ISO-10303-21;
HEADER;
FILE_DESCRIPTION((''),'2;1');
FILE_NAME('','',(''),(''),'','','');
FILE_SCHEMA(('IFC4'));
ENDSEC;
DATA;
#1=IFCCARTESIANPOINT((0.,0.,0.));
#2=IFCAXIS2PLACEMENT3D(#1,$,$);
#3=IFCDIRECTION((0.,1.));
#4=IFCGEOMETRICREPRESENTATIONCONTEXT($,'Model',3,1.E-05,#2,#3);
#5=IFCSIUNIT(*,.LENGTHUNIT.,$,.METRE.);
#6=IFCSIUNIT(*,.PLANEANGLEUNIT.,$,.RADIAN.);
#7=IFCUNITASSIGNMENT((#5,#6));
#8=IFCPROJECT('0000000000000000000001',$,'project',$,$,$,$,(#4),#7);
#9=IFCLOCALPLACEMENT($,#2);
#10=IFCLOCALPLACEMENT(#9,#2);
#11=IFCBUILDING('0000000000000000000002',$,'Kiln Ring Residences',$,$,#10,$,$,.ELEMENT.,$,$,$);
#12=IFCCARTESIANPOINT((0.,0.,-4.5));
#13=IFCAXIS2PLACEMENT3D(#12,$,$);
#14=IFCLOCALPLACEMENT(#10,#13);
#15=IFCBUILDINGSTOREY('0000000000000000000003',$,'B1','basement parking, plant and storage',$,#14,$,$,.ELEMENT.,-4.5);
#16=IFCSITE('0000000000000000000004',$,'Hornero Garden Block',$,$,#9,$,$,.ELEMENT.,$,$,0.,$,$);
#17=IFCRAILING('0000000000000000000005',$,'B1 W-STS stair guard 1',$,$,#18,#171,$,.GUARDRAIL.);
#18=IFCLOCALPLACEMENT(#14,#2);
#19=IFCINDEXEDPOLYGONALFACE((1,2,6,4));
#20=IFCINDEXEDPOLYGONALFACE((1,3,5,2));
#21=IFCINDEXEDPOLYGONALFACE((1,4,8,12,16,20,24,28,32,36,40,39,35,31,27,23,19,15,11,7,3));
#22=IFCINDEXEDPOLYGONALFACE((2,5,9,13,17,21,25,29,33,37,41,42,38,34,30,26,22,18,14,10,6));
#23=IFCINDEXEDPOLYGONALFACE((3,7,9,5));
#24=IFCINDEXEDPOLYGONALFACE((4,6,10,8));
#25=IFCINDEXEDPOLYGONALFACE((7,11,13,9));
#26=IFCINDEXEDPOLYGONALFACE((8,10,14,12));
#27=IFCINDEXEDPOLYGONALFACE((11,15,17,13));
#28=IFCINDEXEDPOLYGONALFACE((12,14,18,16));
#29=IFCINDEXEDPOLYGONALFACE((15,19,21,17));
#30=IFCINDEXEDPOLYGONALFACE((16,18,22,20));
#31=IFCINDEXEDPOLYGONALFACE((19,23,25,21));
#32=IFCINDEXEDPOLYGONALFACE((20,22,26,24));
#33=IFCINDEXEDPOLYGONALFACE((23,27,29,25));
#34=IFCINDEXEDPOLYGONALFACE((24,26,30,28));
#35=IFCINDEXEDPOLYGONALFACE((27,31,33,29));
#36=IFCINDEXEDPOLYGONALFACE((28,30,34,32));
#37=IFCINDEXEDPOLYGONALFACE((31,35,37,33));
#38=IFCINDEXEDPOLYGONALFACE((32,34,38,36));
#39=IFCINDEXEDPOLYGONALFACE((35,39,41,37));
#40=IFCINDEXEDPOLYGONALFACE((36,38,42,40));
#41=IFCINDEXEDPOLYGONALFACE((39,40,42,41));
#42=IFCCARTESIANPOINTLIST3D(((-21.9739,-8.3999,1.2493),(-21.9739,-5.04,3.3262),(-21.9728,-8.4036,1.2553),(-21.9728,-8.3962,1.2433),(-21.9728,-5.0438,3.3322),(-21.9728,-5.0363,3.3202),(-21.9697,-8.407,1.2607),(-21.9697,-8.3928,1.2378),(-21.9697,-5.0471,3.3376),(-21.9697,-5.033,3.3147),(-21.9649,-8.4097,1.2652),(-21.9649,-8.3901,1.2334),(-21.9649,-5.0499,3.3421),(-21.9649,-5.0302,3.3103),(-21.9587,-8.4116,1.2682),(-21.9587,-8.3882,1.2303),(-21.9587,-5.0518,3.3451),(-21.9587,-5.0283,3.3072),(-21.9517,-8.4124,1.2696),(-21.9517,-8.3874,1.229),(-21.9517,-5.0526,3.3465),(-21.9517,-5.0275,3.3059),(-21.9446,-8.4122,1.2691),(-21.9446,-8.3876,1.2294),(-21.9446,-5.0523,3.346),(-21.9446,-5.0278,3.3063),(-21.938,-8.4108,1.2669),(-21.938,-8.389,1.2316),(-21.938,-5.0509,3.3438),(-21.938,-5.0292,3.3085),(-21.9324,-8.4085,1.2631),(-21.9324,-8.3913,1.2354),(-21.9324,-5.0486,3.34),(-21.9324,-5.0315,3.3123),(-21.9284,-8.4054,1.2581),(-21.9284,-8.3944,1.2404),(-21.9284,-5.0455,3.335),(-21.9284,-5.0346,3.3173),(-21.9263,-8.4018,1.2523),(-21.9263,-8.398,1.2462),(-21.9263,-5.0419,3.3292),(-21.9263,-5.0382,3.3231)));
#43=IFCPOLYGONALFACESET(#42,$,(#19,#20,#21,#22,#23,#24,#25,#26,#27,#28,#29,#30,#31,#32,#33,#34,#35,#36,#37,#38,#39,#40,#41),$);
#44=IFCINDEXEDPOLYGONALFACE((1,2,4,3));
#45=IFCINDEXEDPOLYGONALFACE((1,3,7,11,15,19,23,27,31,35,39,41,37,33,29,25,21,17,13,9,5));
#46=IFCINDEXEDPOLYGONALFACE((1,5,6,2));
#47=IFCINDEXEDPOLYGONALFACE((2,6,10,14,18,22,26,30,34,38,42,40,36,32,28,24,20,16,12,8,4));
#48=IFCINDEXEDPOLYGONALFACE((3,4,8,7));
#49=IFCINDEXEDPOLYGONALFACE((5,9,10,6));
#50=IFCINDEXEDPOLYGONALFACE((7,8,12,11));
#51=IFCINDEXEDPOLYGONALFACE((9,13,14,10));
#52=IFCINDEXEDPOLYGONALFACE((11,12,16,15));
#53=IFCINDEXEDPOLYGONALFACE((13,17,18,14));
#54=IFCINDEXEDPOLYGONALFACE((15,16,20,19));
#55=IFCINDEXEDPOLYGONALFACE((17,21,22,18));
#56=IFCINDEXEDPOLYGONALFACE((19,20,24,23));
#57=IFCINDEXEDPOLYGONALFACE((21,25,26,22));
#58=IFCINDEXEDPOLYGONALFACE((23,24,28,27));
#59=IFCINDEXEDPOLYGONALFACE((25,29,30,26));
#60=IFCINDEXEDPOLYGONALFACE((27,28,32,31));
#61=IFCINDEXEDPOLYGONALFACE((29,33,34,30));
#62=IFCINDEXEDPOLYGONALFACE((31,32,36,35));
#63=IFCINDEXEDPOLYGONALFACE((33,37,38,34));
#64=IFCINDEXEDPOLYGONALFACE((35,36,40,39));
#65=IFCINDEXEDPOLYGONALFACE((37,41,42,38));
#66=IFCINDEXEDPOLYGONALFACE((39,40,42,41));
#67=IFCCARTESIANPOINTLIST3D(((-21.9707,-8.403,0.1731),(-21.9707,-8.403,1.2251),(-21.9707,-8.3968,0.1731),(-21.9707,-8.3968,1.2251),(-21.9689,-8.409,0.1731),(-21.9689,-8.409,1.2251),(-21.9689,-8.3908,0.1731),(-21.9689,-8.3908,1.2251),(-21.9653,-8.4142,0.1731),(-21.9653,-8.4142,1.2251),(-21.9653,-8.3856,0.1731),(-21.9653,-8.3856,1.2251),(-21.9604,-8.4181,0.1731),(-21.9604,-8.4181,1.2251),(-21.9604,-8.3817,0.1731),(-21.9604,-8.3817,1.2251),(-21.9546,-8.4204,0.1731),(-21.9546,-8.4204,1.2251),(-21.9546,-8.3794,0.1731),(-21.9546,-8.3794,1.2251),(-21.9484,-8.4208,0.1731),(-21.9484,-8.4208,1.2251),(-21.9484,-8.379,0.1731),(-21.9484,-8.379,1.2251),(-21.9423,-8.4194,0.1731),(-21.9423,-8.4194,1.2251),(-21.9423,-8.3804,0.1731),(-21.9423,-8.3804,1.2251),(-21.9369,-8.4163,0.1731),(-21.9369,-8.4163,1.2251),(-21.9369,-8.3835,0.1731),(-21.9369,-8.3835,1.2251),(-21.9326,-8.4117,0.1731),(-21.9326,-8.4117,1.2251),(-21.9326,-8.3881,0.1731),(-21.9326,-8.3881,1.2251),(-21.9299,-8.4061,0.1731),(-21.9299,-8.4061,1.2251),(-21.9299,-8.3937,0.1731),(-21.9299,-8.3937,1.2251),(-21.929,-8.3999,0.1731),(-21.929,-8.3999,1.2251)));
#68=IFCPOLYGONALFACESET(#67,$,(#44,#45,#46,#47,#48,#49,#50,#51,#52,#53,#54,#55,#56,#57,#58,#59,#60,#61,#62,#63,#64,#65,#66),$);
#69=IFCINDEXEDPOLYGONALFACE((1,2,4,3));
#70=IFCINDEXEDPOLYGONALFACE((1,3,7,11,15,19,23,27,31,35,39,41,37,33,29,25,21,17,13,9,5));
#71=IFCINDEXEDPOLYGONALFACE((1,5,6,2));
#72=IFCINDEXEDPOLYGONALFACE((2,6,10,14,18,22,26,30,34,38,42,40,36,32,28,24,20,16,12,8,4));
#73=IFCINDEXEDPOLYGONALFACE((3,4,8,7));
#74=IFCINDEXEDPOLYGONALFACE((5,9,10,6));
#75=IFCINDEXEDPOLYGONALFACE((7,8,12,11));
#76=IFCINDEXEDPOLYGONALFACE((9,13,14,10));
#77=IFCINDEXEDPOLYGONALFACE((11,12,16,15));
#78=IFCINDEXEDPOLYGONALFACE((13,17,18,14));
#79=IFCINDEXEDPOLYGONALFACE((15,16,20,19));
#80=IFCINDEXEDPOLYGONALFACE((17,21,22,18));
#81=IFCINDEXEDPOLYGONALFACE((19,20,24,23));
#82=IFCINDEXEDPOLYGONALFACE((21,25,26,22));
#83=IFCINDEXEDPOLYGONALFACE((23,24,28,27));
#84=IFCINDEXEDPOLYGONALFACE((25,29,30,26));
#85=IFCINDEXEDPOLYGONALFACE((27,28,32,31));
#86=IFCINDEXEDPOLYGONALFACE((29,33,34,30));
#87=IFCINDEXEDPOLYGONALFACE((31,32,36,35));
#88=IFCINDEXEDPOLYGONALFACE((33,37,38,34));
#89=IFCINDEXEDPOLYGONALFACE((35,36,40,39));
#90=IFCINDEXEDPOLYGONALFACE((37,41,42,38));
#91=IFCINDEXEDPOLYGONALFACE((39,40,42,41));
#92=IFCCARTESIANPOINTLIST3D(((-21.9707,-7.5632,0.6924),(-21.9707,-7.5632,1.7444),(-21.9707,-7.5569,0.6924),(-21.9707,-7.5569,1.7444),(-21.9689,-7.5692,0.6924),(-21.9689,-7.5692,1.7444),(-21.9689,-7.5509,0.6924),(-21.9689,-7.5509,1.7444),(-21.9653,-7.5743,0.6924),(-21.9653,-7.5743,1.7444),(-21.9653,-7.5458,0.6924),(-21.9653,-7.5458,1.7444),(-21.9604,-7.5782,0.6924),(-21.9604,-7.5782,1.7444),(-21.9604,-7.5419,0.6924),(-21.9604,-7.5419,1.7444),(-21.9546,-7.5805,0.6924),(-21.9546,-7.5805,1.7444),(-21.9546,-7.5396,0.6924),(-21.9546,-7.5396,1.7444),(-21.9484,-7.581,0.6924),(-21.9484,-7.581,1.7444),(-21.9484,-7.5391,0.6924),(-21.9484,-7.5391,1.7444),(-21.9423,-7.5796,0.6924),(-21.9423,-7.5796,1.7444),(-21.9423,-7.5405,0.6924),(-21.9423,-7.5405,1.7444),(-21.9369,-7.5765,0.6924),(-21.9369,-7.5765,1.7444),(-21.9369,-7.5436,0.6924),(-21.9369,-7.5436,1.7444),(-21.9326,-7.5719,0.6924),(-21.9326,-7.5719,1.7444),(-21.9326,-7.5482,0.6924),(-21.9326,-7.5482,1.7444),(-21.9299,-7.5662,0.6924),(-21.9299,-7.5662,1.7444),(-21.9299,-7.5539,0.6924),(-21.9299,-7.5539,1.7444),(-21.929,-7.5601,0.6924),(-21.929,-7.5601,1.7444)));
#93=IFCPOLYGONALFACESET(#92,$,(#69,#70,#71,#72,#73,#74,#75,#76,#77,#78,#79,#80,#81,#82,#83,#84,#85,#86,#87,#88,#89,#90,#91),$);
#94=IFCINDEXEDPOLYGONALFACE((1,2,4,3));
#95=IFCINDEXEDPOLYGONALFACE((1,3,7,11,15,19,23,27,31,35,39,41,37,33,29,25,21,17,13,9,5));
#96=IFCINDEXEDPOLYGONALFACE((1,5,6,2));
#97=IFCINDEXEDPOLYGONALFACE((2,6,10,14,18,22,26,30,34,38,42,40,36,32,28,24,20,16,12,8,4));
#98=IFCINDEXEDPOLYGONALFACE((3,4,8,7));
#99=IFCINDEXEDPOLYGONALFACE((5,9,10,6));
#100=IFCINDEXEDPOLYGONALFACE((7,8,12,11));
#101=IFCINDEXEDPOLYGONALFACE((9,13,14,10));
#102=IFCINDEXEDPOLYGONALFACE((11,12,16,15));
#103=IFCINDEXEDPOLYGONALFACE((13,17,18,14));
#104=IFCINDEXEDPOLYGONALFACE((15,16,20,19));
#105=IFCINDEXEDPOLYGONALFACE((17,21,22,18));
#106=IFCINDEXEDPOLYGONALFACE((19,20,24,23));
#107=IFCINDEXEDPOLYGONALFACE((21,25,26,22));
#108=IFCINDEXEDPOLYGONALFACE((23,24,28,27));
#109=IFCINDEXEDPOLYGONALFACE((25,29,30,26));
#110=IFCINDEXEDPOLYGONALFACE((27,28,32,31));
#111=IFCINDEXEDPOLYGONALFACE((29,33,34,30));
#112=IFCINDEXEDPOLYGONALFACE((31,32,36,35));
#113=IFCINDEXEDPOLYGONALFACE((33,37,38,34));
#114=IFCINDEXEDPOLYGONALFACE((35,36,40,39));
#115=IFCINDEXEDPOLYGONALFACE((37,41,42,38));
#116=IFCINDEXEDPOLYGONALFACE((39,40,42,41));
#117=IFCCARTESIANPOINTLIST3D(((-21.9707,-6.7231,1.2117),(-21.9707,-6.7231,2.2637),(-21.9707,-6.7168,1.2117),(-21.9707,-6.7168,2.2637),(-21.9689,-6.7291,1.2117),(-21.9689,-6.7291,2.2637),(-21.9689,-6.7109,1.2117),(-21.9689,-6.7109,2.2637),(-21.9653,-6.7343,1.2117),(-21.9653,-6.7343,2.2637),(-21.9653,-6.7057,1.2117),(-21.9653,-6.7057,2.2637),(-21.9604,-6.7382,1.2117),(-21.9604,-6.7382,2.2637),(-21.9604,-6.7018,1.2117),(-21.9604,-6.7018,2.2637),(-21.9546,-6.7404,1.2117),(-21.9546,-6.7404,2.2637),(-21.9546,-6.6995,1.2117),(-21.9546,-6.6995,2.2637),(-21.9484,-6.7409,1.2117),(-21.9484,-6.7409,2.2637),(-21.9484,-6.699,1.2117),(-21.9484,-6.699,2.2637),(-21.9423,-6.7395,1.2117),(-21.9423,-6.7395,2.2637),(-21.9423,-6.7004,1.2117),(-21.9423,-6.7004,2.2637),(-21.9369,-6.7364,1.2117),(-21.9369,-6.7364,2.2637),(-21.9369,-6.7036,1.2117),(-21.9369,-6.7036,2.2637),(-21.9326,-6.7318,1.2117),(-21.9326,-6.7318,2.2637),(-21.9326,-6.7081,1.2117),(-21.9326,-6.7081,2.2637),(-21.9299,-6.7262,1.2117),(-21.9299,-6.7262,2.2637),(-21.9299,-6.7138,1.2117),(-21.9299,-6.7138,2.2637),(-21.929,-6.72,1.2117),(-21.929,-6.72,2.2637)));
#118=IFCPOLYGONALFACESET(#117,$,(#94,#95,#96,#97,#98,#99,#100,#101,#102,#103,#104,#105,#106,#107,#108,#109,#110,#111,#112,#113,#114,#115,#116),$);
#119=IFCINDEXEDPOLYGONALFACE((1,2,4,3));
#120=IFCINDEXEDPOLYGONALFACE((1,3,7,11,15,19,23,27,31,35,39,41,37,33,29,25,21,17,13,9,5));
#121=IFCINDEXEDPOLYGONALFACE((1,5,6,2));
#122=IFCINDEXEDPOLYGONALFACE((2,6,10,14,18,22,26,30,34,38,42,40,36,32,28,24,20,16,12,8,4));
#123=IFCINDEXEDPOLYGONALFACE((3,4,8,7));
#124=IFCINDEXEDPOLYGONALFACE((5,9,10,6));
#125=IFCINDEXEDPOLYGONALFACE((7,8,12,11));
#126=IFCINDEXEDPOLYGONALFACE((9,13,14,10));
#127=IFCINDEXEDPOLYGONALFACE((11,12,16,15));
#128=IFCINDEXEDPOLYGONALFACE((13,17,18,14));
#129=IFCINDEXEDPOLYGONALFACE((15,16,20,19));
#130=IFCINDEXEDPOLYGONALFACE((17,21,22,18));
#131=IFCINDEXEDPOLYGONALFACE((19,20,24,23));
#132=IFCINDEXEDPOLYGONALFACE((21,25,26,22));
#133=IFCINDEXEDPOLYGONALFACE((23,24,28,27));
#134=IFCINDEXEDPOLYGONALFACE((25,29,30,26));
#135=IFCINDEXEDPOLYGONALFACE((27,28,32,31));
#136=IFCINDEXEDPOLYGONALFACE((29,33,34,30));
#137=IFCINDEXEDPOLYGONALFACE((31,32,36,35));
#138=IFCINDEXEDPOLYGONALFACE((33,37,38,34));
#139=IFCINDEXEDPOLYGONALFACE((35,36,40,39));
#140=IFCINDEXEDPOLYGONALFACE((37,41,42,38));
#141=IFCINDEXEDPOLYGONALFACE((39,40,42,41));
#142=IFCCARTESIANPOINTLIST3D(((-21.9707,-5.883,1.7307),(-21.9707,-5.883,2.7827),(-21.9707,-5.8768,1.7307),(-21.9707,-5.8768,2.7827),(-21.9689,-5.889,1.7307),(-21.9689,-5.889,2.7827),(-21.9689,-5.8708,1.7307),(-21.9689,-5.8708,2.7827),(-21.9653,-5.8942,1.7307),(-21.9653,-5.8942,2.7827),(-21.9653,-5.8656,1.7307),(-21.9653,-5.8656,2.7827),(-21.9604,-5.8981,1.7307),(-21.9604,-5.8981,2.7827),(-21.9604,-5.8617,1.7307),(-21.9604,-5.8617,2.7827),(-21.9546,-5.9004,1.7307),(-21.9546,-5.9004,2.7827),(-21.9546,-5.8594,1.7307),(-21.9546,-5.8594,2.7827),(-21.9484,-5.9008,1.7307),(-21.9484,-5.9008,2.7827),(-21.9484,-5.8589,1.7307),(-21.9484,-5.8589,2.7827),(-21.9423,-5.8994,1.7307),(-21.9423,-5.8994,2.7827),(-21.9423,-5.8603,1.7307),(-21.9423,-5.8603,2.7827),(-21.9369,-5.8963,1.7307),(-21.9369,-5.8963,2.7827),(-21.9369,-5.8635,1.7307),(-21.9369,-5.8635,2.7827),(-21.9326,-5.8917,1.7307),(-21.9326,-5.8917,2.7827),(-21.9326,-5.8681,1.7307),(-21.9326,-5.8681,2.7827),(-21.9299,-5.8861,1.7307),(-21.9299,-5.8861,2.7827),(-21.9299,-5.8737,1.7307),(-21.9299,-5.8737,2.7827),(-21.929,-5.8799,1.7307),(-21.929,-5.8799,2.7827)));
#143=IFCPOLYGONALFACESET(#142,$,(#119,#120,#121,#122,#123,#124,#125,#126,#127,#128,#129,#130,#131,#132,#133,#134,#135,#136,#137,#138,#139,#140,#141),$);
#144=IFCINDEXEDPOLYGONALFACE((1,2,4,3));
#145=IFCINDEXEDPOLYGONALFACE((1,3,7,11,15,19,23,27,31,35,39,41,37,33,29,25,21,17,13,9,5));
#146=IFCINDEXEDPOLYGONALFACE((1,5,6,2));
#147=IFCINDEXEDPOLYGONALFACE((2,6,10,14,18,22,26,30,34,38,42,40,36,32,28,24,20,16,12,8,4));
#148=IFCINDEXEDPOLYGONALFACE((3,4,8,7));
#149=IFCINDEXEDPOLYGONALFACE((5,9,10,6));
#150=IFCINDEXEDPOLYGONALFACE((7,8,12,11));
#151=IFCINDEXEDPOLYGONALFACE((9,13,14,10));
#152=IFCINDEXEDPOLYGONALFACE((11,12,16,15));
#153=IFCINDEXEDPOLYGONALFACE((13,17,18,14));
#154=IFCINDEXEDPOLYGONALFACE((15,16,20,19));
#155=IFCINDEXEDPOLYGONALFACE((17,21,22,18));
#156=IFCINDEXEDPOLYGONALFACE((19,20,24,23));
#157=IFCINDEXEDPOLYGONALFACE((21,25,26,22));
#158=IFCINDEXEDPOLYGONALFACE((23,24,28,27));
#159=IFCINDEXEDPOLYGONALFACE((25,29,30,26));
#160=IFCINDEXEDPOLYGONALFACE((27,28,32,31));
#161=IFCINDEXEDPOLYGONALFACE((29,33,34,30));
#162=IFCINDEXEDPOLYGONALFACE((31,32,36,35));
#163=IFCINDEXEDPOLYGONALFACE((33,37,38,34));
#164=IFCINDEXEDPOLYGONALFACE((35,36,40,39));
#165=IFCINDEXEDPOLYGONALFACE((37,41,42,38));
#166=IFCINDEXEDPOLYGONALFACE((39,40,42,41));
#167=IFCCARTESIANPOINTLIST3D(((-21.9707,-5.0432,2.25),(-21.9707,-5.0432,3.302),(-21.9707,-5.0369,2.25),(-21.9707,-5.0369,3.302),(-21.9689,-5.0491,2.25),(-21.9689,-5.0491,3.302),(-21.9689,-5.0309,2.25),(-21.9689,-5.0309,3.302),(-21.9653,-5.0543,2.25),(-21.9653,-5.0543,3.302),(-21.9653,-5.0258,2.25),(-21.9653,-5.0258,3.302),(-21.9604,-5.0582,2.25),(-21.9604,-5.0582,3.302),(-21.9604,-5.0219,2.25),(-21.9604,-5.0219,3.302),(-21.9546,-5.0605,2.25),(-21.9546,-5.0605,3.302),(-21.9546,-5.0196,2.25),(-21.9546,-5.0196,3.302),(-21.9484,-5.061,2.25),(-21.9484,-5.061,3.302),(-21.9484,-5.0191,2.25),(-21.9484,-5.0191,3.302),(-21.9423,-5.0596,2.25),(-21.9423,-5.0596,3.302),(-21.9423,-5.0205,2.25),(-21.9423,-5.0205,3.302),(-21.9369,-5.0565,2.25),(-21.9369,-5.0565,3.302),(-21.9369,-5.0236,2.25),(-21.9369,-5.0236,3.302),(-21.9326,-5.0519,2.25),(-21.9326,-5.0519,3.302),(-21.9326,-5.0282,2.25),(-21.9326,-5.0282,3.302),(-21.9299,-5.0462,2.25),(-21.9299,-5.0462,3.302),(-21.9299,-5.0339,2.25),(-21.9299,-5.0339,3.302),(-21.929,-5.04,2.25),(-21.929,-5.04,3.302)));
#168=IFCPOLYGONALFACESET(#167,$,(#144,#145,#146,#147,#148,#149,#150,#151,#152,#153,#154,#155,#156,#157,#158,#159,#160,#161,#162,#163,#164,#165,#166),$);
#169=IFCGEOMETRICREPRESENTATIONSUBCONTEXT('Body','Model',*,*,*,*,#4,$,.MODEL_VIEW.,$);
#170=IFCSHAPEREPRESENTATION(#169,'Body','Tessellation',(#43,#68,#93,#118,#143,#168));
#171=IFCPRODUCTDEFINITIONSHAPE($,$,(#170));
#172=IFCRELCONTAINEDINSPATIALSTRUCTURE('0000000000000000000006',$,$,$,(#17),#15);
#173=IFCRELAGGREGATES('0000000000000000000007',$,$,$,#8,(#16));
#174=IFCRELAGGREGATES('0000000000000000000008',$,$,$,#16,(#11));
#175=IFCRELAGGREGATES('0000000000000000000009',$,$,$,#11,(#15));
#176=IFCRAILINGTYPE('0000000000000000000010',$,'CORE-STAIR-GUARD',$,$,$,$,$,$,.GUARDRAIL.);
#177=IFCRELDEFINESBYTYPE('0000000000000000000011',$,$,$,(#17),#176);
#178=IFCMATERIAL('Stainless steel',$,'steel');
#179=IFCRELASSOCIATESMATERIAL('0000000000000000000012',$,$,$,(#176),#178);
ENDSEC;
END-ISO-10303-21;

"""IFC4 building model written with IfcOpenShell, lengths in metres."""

from ifc_helpers import new_model, si_unit, direction, frame, origin, origin_2d, place, context, subcontext, project, spatial, circle, extrude, material, type_object, element, save


model = new_model("IFC4")

# Units and contexts
model_context = context("Model", 3, precision=1e-05, world=origin(), true_north=direction((0.0, 1.0)))
body_context = subcontext(model_context, "Body", "Model", "MODEL_VIEW")
ifc_project = project(units=[si_unit("LENGTHUNIT", "METRE"), si_unit("PLANEANGLEUNIT", "RADIAN")], contexts=[model_context])

# Site, building, storey
site_placement = place(None, origin())
site = spatial("IfcSite", under=ifc_project, at=site_placement, Name="Hornero Garden Block", CompositionType="ELEMENT", RefElevation=0.0)
building_placement = place(site_placement, origin())
building = spatial("IfcBuilding", under=site, at=building_placement, Name="Kiln Ring Residences", CompositionType="ELEMENT")
storey_placement = place(building_placement, frame((0.0, 0.0, -4.5)))
storey = spatial("IfcBuildingStorey", under=building, at=storey_placement, Name="B1", Description="basement parking, plant and storage", CompositionType="ELEMENT", Elevation=-4.5)

# Railing
ifc_material_1 = material(Name="Stainless steel", Category="steel")
railing_type_1 = type_object("IfcRailingType", Name="CORE-STAIR-GUARD", PredefinedType="GUARDRAIL", material=ifc_material_1)
railing_1_placement = place(storey_placement, frame((-21.95, -8.3999, 0.1731)))
element("IfcRailing", 1, at=railing_1_placement, inside=storey, type_object=railing_type_1, Name="B1 W-STS stair guard 1", PredefinedType="GUARDRAIL", context=body_context, shape_type="SweptSolid", body=[
    extrude(circle(Radius=0.0239, at=origin_2d()), frame((0.0, 0.0, 1.0762), z_axis=(0.0, 0.850606, 0.525803), x_axis=(-1.0, 0.0, 0.0)), (0.0, 0.0, 1.0), 3.95),
    extrude(circle(Radius=0.021, at=origin_2d()), origin(), (0.0, 0.0, 1.0), 1.052),
    extrude(circle(Radius=0.021, at=origin_2d()), frame((0.0, 0.8398, 0.5193)), (0.0, 0.0, 1.0), 1.052),
    extrude(circle(Radius=0.021, at=origin_2d()), frame((0.0, 1.6799, 1.0386)), (0.0, 0.0, 1.0), 1.052),
    extrude(circle(Radius=0.021, at=origin_2d()), frame((0.0, 2.52, 1.5576)), (0.0, 0.0, 1.0), 1.052),
    extrude(circle(Radius=0.021, at=origin_2d()), frame((0.0, 3.3599, 2.0769)), (0.0, 0.0, 1.0), 1.052),
])

save(model, "model.ifc")
